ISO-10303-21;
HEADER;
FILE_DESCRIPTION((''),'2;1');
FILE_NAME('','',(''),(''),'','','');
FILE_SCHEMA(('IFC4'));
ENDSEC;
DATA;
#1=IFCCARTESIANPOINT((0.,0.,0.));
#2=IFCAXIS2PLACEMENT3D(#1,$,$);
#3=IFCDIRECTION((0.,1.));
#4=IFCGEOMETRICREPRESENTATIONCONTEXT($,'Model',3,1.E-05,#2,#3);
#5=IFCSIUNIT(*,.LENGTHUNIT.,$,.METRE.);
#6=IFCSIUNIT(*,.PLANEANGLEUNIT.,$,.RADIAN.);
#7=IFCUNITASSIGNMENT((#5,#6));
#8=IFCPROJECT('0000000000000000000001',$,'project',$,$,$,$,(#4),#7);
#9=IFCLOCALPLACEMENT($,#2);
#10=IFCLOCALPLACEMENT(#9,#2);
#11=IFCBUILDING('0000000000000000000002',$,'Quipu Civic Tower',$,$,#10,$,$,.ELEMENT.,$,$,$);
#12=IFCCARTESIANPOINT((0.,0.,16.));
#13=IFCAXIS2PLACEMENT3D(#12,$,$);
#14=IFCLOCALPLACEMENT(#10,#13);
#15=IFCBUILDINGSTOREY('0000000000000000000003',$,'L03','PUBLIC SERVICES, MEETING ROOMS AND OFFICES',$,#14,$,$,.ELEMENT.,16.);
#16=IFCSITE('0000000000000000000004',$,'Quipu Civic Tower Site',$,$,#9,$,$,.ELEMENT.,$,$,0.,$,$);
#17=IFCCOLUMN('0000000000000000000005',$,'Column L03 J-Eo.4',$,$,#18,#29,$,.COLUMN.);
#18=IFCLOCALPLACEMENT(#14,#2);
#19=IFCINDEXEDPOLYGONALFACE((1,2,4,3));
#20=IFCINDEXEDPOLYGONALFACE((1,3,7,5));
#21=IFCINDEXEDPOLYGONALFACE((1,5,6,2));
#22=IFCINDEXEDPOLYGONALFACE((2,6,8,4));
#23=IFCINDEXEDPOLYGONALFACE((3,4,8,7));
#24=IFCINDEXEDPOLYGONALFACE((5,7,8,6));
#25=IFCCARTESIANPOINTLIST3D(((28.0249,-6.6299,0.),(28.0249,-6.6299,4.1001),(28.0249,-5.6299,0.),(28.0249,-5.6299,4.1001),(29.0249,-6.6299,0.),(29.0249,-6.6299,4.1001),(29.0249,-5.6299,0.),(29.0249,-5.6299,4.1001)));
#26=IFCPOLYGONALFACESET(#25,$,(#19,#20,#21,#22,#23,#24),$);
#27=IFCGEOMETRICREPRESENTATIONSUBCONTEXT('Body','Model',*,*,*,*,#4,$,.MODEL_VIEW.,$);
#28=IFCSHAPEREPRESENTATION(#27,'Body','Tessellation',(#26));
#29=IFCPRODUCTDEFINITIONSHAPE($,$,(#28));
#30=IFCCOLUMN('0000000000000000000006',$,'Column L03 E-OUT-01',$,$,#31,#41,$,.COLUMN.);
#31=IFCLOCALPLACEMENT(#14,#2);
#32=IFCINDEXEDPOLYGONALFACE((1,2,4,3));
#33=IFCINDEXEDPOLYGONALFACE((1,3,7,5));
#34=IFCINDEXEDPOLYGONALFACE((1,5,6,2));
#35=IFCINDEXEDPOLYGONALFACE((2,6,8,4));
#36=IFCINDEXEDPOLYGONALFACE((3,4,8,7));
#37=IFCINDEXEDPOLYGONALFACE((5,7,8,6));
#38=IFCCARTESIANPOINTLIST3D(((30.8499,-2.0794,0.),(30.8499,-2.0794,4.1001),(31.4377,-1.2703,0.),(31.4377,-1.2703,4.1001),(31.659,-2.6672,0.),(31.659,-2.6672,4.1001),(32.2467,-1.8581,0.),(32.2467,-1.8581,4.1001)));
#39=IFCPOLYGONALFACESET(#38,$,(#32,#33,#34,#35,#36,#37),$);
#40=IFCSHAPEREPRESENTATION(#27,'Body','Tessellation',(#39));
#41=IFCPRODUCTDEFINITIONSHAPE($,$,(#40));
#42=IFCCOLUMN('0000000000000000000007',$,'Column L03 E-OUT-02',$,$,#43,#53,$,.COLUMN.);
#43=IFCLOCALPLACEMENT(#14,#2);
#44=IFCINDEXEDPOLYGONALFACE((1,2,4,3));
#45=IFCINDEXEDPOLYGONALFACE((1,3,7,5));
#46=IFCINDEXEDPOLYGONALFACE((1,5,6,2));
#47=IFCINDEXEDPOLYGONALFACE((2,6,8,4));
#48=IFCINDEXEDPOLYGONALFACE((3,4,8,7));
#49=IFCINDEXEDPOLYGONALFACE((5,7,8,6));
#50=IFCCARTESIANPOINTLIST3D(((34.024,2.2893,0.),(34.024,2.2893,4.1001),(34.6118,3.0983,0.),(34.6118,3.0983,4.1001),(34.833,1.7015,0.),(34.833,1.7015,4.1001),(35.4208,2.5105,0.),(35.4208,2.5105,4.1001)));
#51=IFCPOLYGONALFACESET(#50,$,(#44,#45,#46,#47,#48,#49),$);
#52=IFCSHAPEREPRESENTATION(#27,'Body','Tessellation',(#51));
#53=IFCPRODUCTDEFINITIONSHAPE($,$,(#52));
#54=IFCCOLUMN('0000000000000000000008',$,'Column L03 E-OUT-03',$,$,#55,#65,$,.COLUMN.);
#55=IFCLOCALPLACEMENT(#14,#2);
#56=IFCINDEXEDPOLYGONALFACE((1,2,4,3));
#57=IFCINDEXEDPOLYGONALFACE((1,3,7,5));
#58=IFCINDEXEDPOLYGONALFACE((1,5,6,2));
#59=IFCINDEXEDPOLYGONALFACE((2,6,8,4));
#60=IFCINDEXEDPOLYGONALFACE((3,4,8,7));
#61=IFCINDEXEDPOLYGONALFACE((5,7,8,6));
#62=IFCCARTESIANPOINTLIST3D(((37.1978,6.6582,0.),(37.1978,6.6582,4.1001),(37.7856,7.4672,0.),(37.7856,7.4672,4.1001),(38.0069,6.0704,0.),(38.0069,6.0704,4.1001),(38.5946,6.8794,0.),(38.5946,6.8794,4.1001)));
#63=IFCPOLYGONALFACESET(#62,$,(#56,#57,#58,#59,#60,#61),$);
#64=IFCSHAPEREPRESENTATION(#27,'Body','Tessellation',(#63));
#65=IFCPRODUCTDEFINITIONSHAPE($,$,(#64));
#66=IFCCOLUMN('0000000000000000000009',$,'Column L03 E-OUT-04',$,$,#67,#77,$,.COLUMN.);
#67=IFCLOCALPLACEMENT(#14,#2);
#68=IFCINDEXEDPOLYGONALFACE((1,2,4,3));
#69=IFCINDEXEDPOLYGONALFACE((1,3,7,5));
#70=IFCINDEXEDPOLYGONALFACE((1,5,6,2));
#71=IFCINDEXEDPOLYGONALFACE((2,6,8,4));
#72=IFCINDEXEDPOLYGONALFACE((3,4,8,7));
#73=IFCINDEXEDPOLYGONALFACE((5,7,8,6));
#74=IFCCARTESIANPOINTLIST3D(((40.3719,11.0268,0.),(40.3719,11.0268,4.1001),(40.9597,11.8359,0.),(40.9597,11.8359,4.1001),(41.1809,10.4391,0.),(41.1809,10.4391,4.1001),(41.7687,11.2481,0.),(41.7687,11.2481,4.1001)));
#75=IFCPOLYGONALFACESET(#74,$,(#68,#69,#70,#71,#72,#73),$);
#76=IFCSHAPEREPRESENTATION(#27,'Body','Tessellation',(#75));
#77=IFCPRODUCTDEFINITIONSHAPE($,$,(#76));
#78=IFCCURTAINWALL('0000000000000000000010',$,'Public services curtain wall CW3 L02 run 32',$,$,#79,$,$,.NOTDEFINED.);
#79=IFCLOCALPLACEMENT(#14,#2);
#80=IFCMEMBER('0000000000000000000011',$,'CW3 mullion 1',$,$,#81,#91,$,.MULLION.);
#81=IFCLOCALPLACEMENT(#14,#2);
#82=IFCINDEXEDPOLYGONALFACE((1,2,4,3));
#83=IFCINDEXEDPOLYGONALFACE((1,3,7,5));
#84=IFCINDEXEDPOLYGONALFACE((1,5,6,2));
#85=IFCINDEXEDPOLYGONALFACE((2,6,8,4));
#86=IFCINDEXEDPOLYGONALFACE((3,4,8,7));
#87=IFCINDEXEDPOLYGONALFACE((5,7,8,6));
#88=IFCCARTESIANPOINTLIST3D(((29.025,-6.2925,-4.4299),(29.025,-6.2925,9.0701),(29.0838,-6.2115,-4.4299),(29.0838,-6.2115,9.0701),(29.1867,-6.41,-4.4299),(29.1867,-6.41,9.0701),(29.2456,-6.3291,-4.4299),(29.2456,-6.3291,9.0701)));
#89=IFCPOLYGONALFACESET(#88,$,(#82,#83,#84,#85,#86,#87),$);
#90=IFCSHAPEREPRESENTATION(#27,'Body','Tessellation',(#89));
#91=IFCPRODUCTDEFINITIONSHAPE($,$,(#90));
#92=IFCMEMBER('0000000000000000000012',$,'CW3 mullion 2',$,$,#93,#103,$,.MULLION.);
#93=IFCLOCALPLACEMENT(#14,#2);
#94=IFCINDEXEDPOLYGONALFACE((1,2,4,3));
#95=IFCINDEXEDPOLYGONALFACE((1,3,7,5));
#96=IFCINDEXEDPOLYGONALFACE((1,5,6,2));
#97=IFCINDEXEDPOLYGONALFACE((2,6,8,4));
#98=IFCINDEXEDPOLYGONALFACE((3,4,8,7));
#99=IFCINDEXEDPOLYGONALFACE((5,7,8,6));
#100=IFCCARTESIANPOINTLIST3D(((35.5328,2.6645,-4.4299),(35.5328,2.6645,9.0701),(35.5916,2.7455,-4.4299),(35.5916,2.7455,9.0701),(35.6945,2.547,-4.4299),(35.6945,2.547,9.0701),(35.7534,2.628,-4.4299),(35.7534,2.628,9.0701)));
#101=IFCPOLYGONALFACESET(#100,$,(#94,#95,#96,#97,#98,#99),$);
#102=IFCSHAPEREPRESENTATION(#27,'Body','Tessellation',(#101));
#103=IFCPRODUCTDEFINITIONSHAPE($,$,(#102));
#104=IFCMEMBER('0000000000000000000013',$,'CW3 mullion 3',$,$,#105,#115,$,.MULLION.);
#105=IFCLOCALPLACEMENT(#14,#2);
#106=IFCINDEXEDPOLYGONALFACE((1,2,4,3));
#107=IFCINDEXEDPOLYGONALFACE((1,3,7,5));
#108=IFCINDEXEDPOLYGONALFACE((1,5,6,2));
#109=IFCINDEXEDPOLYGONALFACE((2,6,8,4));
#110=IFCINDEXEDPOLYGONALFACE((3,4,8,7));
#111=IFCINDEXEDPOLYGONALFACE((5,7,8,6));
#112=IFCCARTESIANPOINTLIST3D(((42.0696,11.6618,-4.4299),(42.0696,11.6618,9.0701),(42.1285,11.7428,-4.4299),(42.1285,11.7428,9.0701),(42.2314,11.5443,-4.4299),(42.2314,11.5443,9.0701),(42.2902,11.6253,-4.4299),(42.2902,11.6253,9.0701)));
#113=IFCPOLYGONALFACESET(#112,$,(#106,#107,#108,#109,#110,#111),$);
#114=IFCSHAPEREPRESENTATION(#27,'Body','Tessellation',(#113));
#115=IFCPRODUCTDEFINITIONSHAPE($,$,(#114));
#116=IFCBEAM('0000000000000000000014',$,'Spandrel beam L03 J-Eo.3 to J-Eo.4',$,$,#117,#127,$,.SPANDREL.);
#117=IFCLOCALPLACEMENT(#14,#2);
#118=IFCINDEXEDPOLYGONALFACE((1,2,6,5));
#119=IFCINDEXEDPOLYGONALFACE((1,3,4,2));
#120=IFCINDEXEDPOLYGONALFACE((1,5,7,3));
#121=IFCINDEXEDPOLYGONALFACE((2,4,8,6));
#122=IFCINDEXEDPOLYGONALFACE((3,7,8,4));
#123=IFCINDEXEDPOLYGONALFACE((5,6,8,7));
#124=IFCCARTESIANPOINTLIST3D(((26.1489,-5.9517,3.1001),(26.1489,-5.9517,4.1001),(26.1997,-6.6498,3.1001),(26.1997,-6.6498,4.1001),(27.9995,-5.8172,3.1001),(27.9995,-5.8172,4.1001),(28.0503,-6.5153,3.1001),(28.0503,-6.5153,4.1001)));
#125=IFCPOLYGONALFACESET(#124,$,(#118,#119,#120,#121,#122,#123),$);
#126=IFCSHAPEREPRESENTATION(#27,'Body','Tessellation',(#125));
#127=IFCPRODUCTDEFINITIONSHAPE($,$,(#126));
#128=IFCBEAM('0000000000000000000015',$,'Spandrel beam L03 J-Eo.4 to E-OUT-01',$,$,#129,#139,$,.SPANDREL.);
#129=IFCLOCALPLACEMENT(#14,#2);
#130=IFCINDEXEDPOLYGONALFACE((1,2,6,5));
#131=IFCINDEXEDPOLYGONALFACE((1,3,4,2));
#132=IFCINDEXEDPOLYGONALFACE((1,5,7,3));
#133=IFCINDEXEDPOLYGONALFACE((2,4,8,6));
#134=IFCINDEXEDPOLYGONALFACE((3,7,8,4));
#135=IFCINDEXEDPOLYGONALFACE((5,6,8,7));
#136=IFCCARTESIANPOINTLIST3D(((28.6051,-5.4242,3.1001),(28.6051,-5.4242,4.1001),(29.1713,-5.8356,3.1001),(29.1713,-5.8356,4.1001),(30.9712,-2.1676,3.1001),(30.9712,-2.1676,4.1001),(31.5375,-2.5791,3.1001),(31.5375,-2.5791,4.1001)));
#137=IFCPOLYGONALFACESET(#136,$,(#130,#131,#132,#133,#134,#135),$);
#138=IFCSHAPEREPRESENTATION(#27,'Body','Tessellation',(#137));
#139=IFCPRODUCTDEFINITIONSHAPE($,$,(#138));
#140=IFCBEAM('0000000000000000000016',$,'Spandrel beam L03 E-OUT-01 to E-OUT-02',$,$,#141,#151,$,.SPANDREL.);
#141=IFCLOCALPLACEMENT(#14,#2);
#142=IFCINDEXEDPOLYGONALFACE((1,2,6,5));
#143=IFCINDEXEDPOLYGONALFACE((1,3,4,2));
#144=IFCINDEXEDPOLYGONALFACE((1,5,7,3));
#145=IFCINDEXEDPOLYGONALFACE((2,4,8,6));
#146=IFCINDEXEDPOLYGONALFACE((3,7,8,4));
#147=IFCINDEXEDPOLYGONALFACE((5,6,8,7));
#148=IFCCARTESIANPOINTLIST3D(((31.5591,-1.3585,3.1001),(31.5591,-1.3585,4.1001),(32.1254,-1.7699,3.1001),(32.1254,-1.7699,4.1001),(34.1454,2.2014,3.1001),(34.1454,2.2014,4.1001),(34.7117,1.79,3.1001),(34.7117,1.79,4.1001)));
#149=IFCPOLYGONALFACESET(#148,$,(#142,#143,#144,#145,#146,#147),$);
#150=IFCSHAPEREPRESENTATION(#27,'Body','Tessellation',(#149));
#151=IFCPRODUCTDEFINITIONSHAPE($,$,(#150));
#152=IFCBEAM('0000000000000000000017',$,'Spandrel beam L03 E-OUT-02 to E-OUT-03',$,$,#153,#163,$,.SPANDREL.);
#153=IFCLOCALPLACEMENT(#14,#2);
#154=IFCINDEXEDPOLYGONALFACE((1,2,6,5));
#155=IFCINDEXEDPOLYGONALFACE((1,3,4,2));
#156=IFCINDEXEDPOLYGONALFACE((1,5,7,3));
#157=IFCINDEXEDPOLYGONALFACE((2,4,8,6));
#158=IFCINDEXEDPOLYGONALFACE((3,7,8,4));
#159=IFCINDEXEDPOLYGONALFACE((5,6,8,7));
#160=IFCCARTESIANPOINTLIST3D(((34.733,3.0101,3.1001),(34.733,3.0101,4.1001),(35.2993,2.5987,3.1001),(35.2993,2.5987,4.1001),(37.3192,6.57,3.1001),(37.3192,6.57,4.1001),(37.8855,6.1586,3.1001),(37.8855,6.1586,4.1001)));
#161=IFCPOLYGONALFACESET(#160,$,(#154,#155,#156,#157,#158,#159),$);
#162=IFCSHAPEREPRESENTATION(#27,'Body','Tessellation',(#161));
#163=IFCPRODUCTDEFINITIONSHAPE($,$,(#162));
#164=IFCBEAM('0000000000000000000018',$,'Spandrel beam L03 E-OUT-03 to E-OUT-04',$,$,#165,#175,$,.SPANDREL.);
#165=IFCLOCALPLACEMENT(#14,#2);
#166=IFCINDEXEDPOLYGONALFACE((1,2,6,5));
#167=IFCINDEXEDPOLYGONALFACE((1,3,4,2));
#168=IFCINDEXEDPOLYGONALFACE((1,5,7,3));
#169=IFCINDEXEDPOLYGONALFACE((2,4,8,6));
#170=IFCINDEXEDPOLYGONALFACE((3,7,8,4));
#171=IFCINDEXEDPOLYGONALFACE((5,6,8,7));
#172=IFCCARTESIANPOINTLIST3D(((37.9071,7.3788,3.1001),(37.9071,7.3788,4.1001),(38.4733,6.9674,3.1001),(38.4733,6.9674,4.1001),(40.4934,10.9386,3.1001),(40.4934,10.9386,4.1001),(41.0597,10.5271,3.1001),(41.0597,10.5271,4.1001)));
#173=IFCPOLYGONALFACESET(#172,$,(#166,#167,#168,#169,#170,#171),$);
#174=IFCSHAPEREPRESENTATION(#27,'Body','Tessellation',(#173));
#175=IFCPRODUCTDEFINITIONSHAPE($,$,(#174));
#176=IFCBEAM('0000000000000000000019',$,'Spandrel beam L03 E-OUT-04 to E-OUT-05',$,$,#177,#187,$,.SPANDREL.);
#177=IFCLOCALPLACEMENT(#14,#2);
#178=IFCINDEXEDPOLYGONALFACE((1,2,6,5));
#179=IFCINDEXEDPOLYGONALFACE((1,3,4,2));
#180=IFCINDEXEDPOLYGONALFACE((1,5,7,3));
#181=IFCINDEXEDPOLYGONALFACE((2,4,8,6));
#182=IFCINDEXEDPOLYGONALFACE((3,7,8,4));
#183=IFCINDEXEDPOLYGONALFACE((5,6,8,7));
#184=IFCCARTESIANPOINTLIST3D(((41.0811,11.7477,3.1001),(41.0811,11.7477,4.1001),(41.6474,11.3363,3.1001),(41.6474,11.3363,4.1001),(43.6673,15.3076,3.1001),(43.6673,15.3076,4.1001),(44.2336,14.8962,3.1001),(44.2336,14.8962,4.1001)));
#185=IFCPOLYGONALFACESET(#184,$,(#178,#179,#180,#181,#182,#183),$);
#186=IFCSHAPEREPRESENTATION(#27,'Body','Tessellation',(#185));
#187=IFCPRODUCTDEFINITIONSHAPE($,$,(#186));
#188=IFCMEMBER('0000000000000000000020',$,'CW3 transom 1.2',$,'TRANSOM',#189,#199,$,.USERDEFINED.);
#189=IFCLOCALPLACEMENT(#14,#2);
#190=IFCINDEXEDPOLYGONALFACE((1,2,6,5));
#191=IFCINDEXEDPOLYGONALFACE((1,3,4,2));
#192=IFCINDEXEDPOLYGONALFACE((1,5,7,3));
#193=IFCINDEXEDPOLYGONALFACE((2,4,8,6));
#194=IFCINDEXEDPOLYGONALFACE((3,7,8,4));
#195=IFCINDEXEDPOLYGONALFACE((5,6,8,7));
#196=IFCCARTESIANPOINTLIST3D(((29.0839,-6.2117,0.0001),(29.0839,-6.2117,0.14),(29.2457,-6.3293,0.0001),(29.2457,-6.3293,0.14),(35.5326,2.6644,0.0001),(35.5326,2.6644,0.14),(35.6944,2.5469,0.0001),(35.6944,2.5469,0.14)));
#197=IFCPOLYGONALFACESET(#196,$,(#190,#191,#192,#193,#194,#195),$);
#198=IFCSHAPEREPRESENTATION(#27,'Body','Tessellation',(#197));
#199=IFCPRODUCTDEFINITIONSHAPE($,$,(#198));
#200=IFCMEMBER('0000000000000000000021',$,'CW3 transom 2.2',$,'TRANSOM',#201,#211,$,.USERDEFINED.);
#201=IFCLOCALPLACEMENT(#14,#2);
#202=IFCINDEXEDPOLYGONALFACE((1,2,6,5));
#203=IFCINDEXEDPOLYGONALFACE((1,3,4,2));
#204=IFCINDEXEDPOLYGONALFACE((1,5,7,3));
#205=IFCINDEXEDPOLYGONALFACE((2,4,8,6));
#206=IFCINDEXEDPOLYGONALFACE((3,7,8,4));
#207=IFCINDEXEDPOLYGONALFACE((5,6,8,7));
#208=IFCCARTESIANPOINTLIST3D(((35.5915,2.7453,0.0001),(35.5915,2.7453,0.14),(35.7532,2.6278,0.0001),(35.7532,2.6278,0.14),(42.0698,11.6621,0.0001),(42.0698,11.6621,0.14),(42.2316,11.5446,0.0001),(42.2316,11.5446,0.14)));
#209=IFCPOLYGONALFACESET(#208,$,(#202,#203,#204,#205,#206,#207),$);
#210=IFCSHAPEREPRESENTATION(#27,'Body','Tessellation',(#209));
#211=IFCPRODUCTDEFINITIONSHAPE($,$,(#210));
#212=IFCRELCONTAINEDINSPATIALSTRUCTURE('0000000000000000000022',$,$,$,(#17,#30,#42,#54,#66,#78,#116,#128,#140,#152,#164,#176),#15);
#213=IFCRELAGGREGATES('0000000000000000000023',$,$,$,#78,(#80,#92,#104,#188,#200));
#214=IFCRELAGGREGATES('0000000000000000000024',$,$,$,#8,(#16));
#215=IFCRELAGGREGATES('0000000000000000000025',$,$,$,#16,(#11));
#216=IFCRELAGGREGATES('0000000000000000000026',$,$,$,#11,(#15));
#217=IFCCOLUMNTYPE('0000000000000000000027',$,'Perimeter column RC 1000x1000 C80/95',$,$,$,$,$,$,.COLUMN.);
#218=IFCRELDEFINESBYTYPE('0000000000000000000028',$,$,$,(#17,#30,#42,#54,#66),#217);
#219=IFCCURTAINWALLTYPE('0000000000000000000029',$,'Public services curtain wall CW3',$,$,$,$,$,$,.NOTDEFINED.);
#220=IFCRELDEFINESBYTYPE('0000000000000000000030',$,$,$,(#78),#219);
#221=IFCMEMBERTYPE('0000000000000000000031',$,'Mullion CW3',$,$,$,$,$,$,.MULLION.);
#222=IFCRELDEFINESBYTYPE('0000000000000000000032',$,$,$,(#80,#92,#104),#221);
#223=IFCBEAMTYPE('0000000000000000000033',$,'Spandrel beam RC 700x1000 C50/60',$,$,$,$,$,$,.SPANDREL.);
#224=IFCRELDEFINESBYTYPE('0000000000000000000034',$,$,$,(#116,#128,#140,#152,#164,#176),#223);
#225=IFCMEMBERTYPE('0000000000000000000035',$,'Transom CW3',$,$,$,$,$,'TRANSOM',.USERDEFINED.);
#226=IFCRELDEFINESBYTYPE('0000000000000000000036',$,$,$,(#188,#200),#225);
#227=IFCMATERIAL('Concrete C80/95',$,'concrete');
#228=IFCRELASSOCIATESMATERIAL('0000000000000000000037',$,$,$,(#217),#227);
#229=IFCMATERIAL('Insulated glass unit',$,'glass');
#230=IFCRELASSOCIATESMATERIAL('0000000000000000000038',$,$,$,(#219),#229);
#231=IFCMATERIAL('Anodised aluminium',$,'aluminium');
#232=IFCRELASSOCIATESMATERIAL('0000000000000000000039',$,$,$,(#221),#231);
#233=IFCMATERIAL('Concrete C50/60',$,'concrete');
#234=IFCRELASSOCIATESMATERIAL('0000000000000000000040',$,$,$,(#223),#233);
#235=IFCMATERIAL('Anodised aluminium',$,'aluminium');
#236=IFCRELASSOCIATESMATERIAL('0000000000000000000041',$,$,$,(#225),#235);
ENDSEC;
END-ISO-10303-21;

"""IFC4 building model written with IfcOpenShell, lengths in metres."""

from ifc_helpers import new_model, si_unit, direction, frame, origin, origin_2d, place, context, subcontext, project, spatial, rectangle, extrude, material, material_profile, profile_set, type_object, element, aggregate, save


model = new_model("IFC4")

# Units and contexts
model_context = context("Model", 3, precision=1e-05, world=origin(), true_north=direction((0.0, 1.0)))
body_context = subcontext(model_context, "Body", "Model", "MODEL_VIEW")
ifc_project = project(units=[si_unit("LENGTHUNIT", "METRE"), si_unit("PLANEANGLEUNIT", "RADIAN")], contexts=[model_context])

# Site, building, storey
site_placement = place(None, origin())
site = spatial("IfcSite", under=ifc_project, at=site_placement, Name="Quipu Civic Tower Site", CompositionType="ELEMENT", RefElevation=0.0)
building_placement = place(site_placement, origin())
building = spatial("IfcBuilding", under=site, at=building_placement, Name="Quipu Civic Tower", CompositionType="ELEMENT")
storey_placement = place(building_placement, frame((0.0, 0.0, 16.0)))
storey = spatial("IfcBuildingStorey", under=building, at=storey_placement, Name="L03", Description="PUBLIC SERVICES, MEETING ROOMS AND OFFICES", CompositionType="ELEMENT", Elevation=16.0)

# Columns
ifc_material_1 = material(Name="Concrete C80/95", Category="concrete")
ifc_material_profile_1 = material_profile(ifc_material_1, rectangle(XDim=1.0, YDim=1.0, at=origin_2d()), Name="RC1000x1000")
ifc_profile_set_1 = profile_set([ifc_material_profile_1], Name="Concrete C80/95")
column_type = type_object("IfcColumnType", Name="Perimeter column RC 1000x1000 C80/95", PredefinedType="COLUMN", material=ifc_profile_set_1)
for number, where, z_axis, x_axis, name in (
    (1, (28.5249, -6.1299, 0.0), (0.0, 0.0, 1.0), (1.0, 0.0, 0.0), "Column L03 J-Eo.4"),
    (2, (31.5483, -1.9688, 0.0), (0.0, 0.0, 1.0), (0.587785, 0.809017, 0.0), "Column L03 E-OUT-01"),
    (3, (34.7224, 2.3999, 0.0), (0.0, 0.0, 1.0), (0.587785, 0.809017, 0.0), "Column L03 E-OUT-02"),
    (4, (37.8962, 6.7688, 0.0), (0.0, 0.0, 1.0), (0.587785, 0.809017, 0.0), "Column L03 E-OUT-03"),
    (5, (41.0703, 11.1375, 0.0), (0.0, 0.0, 1.0), (0.587785, 0.809017, 0.0), "Column L03 E-OUT-04"),
):
    element("IfcColumn", number, at=place(storey_placement, frame(where, z_axis=z_axis, x_axis=x_axis)), inside=storey, type_object=column_type, Name=name, PredefinedType="COLUMN", context=body_context, shape_type="SweptSolid", body=[
        extrude(rectangle(XDim=1.0, YDim=1.0, at=origin_2d()), origin(), (0.0, 0.0, 1.0), 4.1001),
    ])

# Curtain wall, members
ifc_material_2 = material(Name="Insulated glass unit", Category="glass")
curtain_wall_type = type_object("IfcCurtainWallType", Name="Public services curtain wall CW3", PredefinedType="NOTDEFINED", material=ifc_material_2)
curtain_wall_placement = place(storey_placement, origin())
curtain_wall = element("IfcCurtainWall", 6, at=curtain_wall_placement, inside=storey, type_object=curtain_wall_type, Name="Public services curtain wall CW3 L02 run 32", PredefinedType="NOTDEFINED")
ifc_material_3 = material(Name="Anodised aluminium", Category="aluminium")
ifc_material_profile_2 = material_profile(ifc_material_3, rectangle(XDim=0.2, YDim=0.1001, at=origin_2d()), Name="RECT 200x100")
ifc_profile_set_2 = profile_set([ifc_material_profile_2], Name="Anodised aluminium")
member_type_1 = type_object("IfcMemberType", Name="Mullion CW3", PredefinedType="MULLION", material=ifc_profile_set_2)
member_1_placement = place(storey_placement, frame((29.1353, -6.3108, -4.4299), z_axis=(0.0, 0.0, 1.0), x_axis=(-0.809017, 0.587785, 0.0)))
member_1 = element("IfcMember", 7, at=member_1_placement, type_object=member_type_1, Name="CW3 mullion 1", PredefinedType="MULLION", context=body_context, shape_type="SweptSolid", body=[
    extrude(rectangle(XDim=0.2, YDim=0.1001, at=origin_2d()), origin(), (0.0, 0.0, 1.0), 13.5),
])
member_2_placement = place(storey_placement, frame((35.6431, 2.6462, -4.4299), z_axis=(0.0, 0.0, 1.0), x_axis=(-0.809017, 0.587785, 0.0)))
member_2 = element("IfcMember", 8, at=member_2_placement, type_object=member_type_1, Name="CW3 mullion 2", PredefinedType="MULLION", context=body_context, shape_type="SweptSolid", body=[
    extrude(rectangle(XDim=0.2, YDim=0.1001, at=origin_2d()), origin(), (0.0, 0.0, 1.0), 13.5),
])
member_3_placement = place(storey_placement, frame((42.1799, 11.6436, -4.4299), z_axis=(0.0, 0.0, 1.0), x_axis=(-0.809017, 0.587785, 0.0)))
member_3 = element("IfcMember", 9, at=member_3_placement, type_object=member_type_1, Name="CW3 mullion 3", PredefinedType="MULLION", context=body_context, shape_type="SweptSolid", body=[
    extrude(rectangle(XDim=0.2, YDim=0.1001, at=origin_2d()), origin(), (0.0, 0.0, 1.0), 13.5),
])

# Beams
ifc_material_4 = material(Name="Concrete C50/60", Category="concrete")
ifc_material_profile_3 = material_profile(ifc_material_4, rectangle(XDim=0.7, YDim=1.0, at=origin_2d()), Name="RC700x1000")
ifc_profile_set_3 = profile_set([ifc_material_profile_3], Name="Concrete C50/60")
beam_type = type_object("IfcBeamType", Name="Spandrel beam RC 700x1000 C50/60", PredefinedType="SPANDREL", material=ifc_profile_set_3)
beam_1_placement = place(storey_placement, frame((26.1743, -6.3008, 3.6001), z_axis=(0.997368, 0.0725, 0.0), x_axis=(-0.0725, 0.997368, 0.0)))
element("IfcBeam", 10, at=beam_1_placement, inside=storey, type_object=beam_type, Name="Spandrel beam L03 J-Eo.3 to J-Eo.4", PredefinedType="SPANDREL", context=body_context, shape_type="SweptSolid", body=[
    extrude(rectangle(XDim=0.7, YDim=1.0, at=origin_2d()), origin(), (0.0, 0.0, 1.0), 1.8555),
])
beam_2_placement = place(storey_placement, frame((28.8882, -5.6299, 3.6001), z_axis=(0.587811, 0.808998, 0.0), x_axis=(-0.808998, 0.587811, 0.0)))
element("IfcBeam", 11, at=beam_2_placement, inside=storey, type_object=beam_type, Name="Spandrel beam L03 J-Eo.4 to E-OUT-01", PredefinedType="SPANDREL", context=body_context, shape_type="SweptSolid", body=[
    extrude(rectangle(XDim=0.7, YDim=1.0, at=origin_2d()), origin(), (0.0, 0.0, 1.0), 4.0254),
])
for number, where, z_axis, x_axis, name in (
    (12, (31.8423, -1.5642, 3.6001), (0.587759, 0.809036, 0.0), (-0.809036, 0.587759, 0.0), "Spandrel beam L03 E-OUT-01 to E-OUT-02"),
    (13, (35.0161, 2.8044, 3.6001), (0.587759, 0.809036, 0.0), (-0.809036, 0.587759, 0.0), "Spandrel beam L03 E-OUT-02 to E-OUT-03"),
    (14, (38.1902, 7.1731, 3.6001), (0.587796, 0.80901, 0.0), (-0.80901, 0.587796, 0.0), "Spandrel beam L03 E-OUT-03 to E-OUT-04"),
    (15, (41.3643, 11.542, 3.6001), (0.587759, 0.809036, 0.0), (-0.809036, 0.587759, 0.0), "Spandrel beam L03 E-OUT-04 to E-OUT-05"),
):
    element("IfcBeam", number, at=place(storey_placement, frame(where, z_axis=z_axis, x_axis=x_axis)), inside=storey, type_object=beam_type, Name=name, PredefinedType="SPANDREL", context=body_context, shape_type="SweptSolid", body=[
        extrude(rectangle(XDim=0.7, YDim=1.0, at=origin_2d()), origin(), (0.0, 0.0, 1.0), 4.4001),
    ])

# Members
ifc_material_5 = material(Name="Anodised aluminium", Category="aluminium")
ifc_material_profile_4 = material_profile(ifc_material_5, rectangle(XDim=0.2, YDim=0.1399, at=origin_2d()), Name="RECT 200x140")
ifc_profile_set_4 = profile_set([ifc_material_profile_4], Name="Anodised aluminium")
member_type_2 = type_object("IfcMemberType", Name="Transom CW3", ElementType="TRANSOM", PredefinedType="USERDEFINED", material=ifc_profile_set_4)
member_4_placement = place(storey_placement, frame((29.1648, -6.2705, 0.0701), z_axis=(0.587772, 0.809027, 0.0), x_axis=(-0.809027, 0.587772, 0.0)))
member_4 = element("IfcMember", 16, at=member_4_placement, type_object=member_type_2, Name="CW3 transom 1.2", ObjectType="TRANSOM", PredefinedType="USERDEFINED", context=body_context, shape_type="SweptSolid", body=[
    extrude(rectangle(XDim=0.2, YDim=0.1399, at=origin_2d()), origin(), (0.0, 0.0, 1.0), 10.9714),
])
member_5_placement = place(storey_placement, frame((35.6724, 2.6865, 0.0701), z_axis=(0.587778, 0.809022, 0.0), x_axis=(-0.809022, 0.587778, 0.0)))
member_5 = element("IfcMember", 17, at=member_5_placement, type_object=member_type_2, Name="CW3 transom 2.2", ObjectType="TRANSOM", PredefinedType="USERDEFINED", context=body_context, shape_type="SweptSolid", body=[
    extrude(rectangle(XDim=0.2, YDim=0.1399, at=origin_2d()), origin(), (0.0, 0.0, 1.0), 11.0217),
])

aggregate(curtain_wall, [member_1, member_2, member_3, member_4, member_5])

save(model, "model.ifc")
